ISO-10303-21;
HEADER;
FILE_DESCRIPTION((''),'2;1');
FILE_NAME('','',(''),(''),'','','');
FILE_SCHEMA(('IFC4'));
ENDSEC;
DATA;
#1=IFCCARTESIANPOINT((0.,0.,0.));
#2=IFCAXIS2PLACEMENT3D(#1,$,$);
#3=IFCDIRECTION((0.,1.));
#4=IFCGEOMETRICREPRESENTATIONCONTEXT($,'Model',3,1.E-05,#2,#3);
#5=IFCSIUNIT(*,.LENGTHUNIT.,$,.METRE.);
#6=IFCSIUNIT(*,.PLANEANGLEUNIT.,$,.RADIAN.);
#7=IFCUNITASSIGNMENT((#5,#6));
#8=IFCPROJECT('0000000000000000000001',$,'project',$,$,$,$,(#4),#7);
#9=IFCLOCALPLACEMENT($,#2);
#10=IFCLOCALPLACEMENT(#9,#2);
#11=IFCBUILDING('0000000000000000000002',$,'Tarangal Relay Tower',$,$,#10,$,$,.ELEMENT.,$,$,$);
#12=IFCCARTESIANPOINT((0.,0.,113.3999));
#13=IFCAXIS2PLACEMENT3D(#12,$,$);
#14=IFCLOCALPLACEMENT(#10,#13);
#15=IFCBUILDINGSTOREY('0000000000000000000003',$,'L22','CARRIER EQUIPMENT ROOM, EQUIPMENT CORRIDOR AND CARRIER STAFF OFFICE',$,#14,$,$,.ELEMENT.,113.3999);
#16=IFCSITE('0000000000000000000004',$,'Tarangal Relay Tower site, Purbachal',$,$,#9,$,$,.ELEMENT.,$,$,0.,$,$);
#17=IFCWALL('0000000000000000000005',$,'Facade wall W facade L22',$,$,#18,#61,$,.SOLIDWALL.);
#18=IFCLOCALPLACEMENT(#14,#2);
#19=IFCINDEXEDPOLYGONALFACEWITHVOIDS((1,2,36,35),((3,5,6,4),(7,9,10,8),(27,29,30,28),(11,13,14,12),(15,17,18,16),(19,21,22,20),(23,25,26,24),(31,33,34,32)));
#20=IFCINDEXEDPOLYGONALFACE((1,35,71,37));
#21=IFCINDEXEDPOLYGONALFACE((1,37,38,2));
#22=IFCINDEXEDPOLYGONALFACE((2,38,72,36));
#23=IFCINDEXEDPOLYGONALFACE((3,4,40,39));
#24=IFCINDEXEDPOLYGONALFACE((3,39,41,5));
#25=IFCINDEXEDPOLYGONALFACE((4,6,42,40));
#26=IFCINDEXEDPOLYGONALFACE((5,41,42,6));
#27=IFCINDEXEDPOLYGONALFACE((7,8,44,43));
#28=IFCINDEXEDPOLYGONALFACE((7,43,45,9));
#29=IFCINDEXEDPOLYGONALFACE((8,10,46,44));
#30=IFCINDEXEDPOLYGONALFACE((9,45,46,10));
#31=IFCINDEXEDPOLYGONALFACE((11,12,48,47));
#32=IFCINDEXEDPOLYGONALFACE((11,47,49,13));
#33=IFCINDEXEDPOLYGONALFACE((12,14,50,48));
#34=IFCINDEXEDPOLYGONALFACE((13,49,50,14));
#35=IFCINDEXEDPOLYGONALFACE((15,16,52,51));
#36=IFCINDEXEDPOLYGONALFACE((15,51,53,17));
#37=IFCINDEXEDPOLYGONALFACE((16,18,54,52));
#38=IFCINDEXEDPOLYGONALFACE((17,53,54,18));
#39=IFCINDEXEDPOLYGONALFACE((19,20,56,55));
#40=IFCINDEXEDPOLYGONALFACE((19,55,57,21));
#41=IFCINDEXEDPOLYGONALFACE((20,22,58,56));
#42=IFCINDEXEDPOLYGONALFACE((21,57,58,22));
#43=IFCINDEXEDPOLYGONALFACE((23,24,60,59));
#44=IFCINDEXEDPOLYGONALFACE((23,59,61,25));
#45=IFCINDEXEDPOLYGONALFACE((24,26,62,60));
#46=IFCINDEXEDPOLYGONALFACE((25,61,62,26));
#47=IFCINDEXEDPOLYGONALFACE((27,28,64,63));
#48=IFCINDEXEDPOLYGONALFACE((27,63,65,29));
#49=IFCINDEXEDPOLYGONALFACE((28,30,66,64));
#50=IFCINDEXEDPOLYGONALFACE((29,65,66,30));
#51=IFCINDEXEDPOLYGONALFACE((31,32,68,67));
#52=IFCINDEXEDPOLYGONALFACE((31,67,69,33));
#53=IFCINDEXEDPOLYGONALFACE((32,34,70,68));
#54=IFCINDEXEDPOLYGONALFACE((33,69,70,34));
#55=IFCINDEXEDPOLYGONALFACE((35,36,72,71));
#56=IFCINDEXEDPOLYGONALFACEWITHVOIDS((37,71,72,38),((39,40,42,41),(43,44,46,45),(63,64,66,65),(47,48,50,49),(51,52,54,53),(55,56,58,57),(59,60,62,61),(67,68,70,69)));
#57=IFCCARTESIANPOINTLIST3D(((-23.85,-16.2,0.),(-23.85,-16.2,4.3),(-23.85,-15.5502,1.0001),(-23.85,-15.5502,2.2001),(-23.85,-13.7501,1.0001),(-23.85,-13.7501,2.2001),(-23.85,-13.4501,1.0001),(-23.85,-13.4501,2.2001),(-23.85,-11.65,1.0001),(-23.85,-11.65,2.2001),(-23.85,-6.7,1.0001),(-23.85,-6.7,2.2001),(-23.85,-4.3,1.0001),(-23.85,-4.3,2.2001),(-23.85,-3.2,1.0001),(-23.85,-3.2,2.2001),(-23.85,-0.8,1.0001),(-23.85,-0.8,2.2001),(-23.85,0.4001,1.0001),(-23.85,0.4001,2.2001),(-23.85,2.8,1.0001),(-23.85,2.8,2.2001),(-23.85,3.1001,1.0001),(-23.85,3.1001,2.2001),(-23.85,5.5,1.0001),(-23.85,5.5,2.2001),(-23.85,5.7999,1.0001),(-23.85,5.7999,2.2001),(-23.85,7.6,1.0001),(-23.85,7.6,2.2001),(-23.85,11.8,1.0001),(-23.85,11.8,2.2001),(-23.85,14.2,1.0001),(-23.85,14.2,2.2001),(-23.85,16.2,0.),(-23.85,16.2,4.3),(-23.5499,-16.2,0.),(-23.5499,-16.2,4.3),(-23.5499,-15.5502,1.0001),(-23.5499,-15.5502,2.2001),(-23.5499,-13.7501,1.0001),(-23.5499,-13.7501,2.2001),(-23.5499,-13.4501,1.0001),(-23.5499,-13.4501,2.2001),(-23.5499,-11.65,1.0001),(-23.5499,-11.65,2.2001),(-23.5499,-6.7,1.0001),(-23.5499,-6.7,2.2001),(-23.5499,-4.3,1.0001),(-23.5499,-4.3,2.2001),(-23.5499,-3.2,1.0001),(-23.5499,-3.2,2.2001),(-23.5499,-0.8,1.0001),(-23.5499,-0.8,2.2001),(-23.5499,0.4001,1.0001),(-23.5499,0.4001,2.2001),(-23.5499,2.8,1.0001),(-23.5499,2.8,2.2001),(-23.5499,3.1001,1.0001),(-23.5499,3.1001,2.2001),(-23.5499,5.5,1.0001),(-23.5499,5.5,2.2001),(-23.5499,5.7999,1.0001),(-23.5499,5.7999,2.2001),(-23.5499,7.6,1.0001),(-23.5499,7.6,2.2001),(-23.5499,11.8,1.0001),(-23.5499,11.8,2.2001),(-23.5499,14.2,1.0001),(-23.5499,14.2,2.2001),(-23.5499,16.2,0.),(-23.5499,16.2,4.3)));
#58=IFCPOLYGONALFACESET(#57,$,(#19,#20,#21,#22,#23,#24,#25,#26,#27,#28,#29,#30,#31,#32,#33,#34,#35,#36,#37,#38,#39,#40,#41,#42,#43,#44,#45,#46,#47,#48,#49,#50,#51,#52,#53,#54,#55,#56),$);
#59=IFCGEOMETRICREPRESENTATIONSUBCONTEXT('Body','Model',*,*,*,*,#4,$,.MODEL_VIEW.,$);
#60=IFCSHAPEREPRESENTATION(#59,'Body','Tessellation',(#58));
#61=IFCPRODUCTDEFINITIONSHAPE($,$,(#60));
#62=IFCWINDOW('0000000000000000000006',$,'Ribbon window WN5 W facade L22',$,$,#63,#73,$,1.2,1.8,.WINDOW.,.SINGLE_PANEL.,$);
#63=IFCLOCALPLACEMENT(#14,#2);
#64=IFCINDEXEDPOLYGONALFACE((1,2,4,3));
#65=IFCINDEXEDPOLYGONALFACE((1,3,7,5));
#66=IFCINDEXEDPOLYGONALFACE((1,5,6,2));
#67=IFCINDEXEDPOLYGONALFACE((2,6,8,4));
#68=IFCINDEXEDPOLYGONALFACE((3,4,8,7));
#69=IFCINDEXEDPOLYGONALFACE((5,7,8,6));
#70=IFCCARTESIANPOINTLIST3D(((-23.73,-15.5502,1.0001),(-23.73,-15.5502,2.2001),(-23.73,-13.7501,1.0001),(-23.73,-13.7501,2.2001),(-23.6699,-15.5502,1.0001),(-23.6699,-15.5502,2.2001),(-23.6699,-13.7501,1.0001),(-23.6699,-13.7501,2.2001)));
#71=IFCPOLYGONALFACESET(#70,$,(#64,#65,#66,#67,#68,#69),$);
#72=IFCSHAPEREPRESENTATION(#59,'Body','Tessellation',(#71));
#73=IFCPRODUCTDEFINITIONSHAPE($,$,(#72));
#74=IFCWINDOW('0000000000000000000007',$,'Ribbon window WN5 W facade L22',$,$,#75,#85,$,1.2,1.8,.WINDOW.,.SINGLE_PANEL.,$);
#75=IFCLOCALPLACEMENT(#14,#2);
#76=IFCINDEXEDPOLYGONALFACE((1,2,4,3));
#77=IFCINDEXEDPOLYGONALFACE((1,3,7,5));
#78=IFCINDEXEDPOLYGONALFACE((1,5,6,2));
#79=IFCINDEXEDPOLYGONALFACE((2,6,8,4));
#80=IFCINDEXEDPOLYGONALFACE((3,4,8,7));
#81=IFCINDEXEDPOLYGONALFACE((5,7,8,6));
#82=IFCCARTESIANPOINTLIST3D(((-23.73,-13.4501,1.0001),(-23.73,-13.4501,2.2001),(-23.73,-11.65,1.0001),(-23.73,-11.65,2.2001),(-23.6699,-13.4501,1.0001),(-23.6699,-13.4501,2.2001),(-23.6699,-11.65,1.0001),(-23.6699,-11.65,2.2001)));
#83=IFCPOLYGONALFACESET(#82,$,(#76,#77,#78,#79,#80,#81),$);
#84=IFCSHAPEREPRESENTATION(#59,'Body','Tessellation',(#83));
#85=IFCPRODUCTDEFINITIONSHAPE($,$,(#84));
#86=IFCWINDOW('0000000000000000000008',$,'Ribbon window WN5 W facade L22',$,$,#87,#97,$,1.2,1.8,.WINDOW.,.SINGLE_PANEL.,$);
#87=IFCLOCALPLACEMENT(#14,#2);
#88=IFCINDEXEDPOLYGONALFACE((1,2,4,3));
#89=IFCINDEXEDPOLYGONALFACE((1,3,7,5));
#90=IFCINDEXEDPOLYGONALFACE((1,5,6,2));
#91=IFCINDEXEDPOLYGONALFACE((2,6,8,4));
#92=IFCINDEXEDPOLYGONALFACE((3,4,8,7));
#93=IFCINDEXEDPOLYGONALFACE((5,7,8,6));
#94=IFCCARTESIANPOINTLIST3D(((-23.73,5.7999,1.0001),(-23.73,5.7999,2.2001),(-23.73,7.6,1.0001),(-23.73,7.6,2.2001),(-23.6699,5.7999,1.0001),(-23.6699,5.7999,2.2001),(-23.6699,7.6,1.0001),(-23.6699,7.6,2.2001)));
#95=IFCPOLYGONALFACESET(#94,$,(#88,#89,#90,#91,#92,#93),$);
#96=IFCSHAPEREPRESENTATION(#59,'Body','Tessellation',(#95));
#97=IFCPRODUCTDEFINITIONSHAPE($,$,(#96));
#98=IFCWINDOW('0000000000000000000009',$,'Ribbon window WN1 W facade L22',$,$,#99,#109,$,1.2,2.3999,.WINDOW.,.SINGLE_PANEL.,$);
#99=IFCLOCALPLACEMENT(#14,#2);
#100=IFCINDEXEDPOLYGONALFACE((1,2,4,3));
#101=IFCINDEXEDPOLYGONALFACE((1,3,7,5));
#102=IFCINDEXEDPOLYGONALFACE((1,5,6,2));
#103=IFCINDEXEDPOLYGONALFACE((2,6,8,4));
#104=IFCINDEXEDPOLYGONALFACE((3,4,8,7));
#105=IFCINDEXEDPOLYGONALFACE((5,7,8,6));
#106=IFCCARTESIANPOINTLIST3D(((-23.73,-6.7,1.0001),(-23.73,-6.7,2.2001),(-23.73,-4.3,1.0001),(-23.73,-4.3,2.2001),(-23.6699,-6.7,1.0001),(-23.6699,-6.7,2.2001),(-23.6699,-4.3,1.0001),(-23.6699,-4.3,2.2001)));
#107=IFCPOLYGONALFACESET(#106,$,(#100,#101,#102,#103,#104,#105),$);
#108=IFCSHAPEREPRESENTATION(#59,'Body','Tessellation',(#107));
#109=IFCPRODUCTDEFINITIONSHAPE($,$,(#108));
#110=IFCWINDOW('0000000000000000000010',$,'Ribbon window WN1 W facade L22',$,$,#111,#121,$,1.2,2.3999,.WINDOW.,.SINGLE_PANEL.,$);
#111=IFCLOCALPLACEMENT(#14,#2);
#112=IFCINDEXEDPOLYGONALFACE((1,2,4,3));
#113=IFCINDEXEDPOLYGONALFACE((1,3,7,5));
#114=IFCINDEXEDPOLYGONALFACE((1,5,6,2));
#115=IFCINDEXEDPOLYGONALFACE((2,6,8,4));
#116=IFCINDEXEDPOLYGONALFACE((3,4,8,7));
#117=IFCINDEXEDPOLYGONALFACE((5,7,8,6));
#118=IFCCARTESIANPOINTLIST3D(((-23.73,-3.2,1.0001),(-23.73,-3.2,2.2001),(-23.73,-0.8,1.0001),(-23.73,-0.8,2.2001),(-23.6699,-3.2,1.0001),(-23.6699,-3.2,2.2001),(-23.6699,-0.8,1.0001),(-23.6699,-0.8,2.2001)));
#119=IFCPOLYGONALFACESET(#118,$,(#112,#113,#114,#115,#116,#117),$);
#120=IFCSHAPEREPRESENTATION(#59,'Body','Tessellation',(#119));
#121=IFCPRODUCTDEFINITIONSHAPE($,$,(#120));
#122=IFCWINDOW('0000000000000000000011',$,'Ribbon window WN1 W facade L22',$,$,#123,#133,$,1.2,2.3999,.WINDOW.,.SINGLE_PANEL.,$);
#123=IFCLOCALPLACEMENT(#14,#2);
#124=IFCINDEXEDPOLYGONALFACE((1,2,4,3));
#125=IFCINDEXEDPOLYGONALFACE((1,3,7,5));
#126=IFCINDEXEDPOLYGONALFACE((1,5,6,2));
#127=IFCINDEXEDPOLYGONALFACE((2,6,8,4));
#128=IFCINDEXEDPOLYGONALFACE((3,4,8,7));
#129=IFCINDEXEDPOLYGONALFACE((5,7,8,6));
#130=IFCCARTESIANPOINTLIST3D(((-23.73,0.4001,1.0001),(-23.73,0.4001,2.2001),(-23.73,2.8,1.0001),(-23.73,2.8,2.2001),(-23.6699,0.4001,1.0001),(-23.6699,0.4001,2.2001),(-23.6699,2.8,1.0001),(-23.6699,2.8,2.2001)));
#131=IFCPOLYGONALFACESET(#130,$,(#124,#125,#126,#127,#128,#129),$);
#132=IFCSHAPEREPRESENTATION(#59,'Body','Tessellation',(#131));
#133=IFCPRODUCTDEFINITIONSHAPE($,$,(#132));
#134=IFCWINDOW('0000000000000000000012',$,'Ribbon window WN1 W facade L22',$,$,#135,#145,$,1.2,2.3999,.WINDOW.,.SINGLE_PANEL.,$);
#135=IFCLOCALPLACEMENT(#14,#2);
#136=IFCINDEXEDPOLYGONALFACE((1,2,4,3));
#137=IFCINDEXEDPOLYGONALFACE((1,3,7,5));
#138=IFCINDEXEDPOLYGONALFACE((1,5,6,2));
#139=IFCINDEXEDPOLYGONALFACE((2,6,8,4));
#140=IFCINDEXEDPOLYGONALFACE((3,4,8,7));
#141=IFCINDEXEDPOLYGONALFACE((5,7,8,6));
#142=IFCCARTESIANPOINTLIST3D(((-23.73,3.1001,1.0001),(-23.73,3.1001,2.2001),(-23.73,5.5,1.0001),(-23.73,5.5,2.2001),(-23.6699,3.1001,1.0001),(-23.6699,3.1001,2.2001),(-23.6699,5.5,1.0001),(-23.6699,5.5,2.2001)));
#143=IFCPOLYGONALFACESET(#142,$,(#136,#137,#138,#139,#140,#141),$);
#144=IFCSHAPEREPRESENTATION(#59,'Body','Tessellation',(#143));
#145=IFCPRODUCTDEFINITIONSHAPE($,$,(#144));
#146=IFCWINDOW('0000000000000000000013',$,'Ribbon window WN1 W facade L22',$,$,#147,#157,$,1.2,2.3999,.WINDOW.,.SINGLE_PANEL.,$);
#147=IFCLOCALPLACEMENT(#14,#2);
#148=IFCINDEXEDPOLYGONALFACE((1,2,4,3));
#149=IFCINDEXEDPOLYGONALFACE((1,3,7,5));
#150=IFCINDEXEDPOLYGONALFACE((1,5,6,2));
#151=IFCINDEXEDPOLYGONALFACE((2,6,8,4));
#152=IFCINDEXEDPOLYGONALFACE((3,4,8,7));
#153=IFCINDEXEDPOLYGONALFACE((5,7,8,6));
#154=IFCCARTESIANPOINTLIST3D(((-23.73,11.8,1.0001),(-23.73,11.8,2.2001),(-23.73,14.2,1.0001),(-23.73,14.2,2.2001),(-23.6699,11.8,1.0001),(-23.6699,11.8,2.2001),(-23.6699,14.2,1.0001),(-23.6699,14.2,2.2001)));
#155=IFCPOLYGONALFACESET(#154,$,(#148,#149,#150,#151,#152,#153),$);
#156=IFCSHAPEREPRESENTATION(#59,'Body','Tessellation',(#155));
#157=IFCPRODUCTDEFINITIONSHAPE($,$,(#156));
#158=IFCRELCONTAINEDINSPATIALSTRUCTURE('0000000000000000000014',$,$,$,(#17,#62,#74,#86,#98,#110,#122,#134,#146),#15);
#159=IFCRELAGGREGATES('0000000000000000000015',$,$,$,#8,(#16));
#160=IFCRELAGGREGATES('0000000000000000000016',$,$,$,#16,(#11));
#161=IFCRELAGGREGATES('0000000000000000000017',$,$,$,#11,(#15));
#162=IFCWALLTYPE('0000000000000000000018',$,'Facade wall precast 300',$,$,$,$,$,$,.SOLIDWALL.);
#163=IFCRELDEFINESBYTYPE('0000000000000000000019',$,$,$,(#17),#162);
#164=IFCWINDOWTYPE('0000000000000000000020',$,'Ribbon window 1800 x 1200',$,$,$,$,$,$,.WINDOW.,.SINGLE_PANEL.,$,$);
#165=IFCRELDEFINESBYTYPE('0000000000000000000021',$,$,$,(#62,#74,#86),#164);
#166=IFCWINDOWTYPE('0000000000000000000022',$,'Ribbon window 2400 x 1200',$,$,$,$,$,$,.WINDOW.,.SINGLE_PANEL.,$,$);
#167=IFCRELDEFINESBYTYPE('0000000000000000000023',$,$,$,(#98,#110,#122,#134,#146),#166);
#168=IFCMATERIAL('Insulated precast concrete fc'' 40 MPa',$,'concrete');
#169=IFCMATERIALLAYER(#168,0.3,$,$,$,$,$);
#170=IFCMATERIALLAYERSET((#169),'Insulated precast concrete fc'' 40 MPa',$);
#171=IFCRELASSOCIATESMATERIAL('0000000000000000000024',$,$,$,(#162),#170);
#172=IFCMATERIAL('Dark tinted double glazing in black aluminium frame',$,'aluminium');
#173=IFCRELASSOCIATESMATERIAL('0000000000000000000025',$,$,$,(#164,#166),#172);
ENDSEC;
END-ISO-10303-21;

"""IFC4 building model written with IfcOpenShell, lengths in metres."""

from ifc_helpers import new_model, si_unit, direction, frame, frame_2d, origin, place, context, subcontext, project, spatial, rectangle, extrude, material, layer, layer_set, type_object, element, fill, save


model = new_model("IFC4")

# Units and contexts
model_context = context("Model", 3, precision=1e-05, world=origin(), true_north=direction((0.0, 1.0)))
body_context = subcontext(model_context, "Body", "Model", "MODEL_VIEW")
ifc_project = project(units=[si_unit("LENGTHUNIT", "METRE"), si_unit("PLANEANGLEUNIT", "RADIAN")], contexts=[model_context])

# Site, building, storey
site_placement = place(None, origin())
site = spatial("IfcSite", under=ifc_project, at=site_placement, Name="Tarangal Relay Tower site, Purbachal", CompositionType="ELEMENT", RefElevation=0.0)
building_placement = place(site_placement, origin())
building = spatial("IfcBuilding", under=site, at=building_placement, Name="Tarangal Relay Tower", CompositionType="ELEMENT")
storey_placement = place(building_placement, frame((0.0, 0.0, 113.3999)))
storey = spatial("IfcBuildingStorey", under=building, at=storey_placement, Name="L22", Description="CARRIER EQUIPMENT ROOM, EQUIPMENT CORRIDOR AND CARRIER STAFF OFFICE", CompositionType="ELEMENT", Elevation=113.3999)

# Shared definitions
ifc_material_1 = material(Name="Insulated precast concrete fc' 40 MPa", Category="concrete")
ifc_layer = layer(ifc_material_1, 0.3)
ifc_layer_set = layer_set([ifc_layer], Name="Insulated precast concrete fc' 40 MPa")
wall_type = type_object("IfcWallType", Name="Facade wall precast 300", PredefinedType="SOLIDWALL", material=ifc_layer_set)

# Wall, openings, windows
wall_placement = place(storey_placement, frame((-23.7, -16.2, 0.0), z_axis=(0.0, 0.0, 1.0), x_axis=(0.0, 1.0, 0.0)))
wall = element("IfcWall", 1, at=wall_placement, inside=storey, type_object=wall_type, Name="Facade wall W facade L22", PredefinedType="SOLIDWALL", context=body_context, shape_type="SweptSolid", body=[
    extrude(rectangle(XDim=32.3999, YDim=0.3, at=frame_2d((16.2, 0.0))), origin(), (0.0, 0.0, 1.0), 4.3),
])
opening_1_placement = place(wall_placement, frame((0.6499, 0.0, 1.0)))
opening_1 = element("IfcOpeningElement", 2, at=opening_1_placement, cuts=wall, PredefinedType="OPENING", context=body_context, shape_type="SweptSolid", body=[
    extrude(rectangle(XDim=1.8, YDim=1.2, at=frame_2d((0.8999, 0.6001))), frame((0.0, 0.1599, 0.0), z_axis=(0.0, -1.0, 0.0), x_axis=(1.0, 0.0, 0.0)), (0.0, 0.0, 1.0), 0.3201),
])
opening_2_placement = place(wall_placement, frame((2.75, 0.0, 1.0)))
opening_2 = element("IfcOpeningElement", 3, at=opening_2_placement, cuts=wall, PredefinedType="OPENING", context=body_context, shape_type="SweptSolid", body=[
    extrude(rectangle(XDim=1.8, YDim=1.2, at=frame_2d((0.8999, 0.6001))), frame((0.0, 0.1599, 0.0), z_axis=(0.0, -1.0, 0.0), x_axis=(1.0, 0.0, 0.0)), (0.0, 0.0, 1.0), 0.3201),
])
opening_3_placement = place(wall_placement, frame((9.5, 0.0, 1.0)))
opening_3 = element("IfcOpeningElement", 4, at=opening_3_placement, cuts=wall, PredefinedType="OPENING", context=body_context, shape_type="SweptSolid", body=[
    extrude(rectangle(XDim=2.3999, YDim=1.2, at=frame_2d((1.2, 0.6001))), frame((0.0, 0.1599, 0.0), z_axis=(0.0, -1.0, 0.0), x_axis=(1.0, 0.0, 0.0)), (0.0, 0.0, 1.0), 0.3201),
])
opening_4_placement = place(wall_placement, frame((13.0, 0.0, 1.0)))
opening_4 = element("IfcOpeningElement", 5, at=opening_4_placement, cuts=wall, PredefinedType="OPENING", context=body_context, shape_type="SweptSolid", body=[
    extrude(rectangle(XDim=2.3999, YDim=1.2, at=frame_2d((1.2, 0.6001))), frame((0.0, 0.1599, 0.0), z_axis=(0.0, -1.0, 0.0), x_axis=(1.0, 0.0, 0.0)), (0.0, 0.0, 1.0), 0.3201),
])
opening_5_placement = place(wall_placement, frame((16.6001, 0.0, 1.0)))
opening_5 = element("IfcOpeningElement", 6, at=opening_5_placement, cuts=wall, PredefinedType="OPENING", context=body_context, shape_type="SweptSolid", body=[
    extrude(rectangle(XDim=2.3999, YDim=1.2, at=frame_2d((1.2, 0.6001))), frame((0.0, 0.1599, 0.0), z_axis=(0.0, -1.0, 0.0), x_axis=(1.0, 0.0, 0.0)), (0.0, 0.0, 1.0), 0.3201),
])
opening_6_placement = place(wall_placement, frame((19.3, 0.0, 1.0)))
opening_6 = element("IfcOpeningElement", 7, at=opening_6_placement, cuts=wall, PredefinedType="OPENING", context=body_context, shape_type="SweptSolid", body=[
    extrude(rectangle(XDim=2.3999, YDim=1.2, at=frame_2d((1.2, 0.6001))), frame((0.0, 0.1599, 0.0), z_axis=(0.0, -1.0, 0.0), x_axis=(1.0, 0.0, 0.0)), (0.0, 0.0, 1.0), 0.3201),
])
opening_7_placement = place(wall_placement, frame((22.0, 0.0, 1.0)))
opening_7 = element("IfcOpeningElement", 8, at=opening_7_placement, cuts=wall, PredefinedType="OPENING", context=body_context, shape_type="SweptSolid", body=[
    extrude(rectangle(XDim=1.8, YDim=1.2, at=frame_2d((0.8999, 0.6001))), frame((0.0, 0.1599, 0.0), z_axis=(0.0, -1.0, 0.0), x_axis=(1.0, 0.0, 0.0)), (0.0, 0.0, 1.0), 0.3201),
])
opening_8_placement = place(wall_placement, frame((28.0, 0.0, 1.0)))
opening_8 = element("IfcOpeningElement", 9, at=opening_8_placement, cuts=wall, PredefinedType="OPENING", context=body_context, shape_type="SweptSolid", body=[
    extrude(rectangle(XDim=2.3999, YDim=1.2, at=frame_2d((1.2, 0.6001))), frame((0.0, 0.1599, 0.0), z_axis=(0.0, -1.0, 0.0), x_axis=(1.0, 0.0, 0.0)), (0.0, 0.0, 1.0), 0.3201),
])
ifc_material_2 = material(Name="Dark tinted double glazing in black aluminium frame", Category="aluminium")
window_type_1 = type_object("IfcWindowType", Name="Ribbon window 1800 x 1200", PartitioningType="SINGLE_PANEL", PredefinedType="WINDOW", material=ifc_material_2)
window_1_placement = place(opening_1_placement, origin())
window_1 = element("IfcWindow", 10, at=window_1_placement, inside=storey, type_object=window_type_1, Name="Ribbon window WN5 W facade L22", OverallHeight=1.2, OverallWidth=1.8, PartitioningType="SINGLE_PANEL", PredefinedType="WINDOW", context=body_context, shape_type="SweptSolid", body=[
    extrude(rectangle(XDim=1.8, YDim=1.2, at=frame_2d((0.8999, 0.6001))), frame((0.0, 0.03, 0.0), z_axis=(0.0, -1.0, 0.0), x_axis=(1.0, 0.0, 0.0)), (0.0, 0.0, 1.0), 0.0601),
])
fill(opening_1, window_1)
window_2_placement = place(opening_2_placement, origin())
window_2 = element("IfcWindow", 11, at=window_2_placement, inside=storey, type_object=window_type_1, Name="Ribbon window WN5 W facade L22", OverallHeight=1.2, OverallWidth=1.8, PartitioningType="SINGLE_PANEL", PredefinedType="WINDOW", context=body_context, shape_type="SweptSolid", body=[
    extrude(rectangle(XDim=1.8, YDim=1.2, at=frame_2d((0.8999, 0.6001))), frame((0.0, 0.03, 0.0), z_axis=(0.0, -1.0, 0.0), x_axis=(1.0, 0.0, 0.0)), (0.0, 0.0, 1.0), 0.0601),
])
fill(opening_2, window_2)
window_3_placement = place(opening_7_placement, origin())
window_3 = element("IfcWindow", 12, at=window_3_placement, inside=storey, type_object=window_type_1, Name="Ribbon window WN5 W facade L22", OverallHeight=1.2, OverallWidth=1.8, PartitioningType="SINGLE_PANEL", PredefinedType="WINDOW", context=body_context, shape_type="SweptSolid", body=[
    extrude(rectangle(XDim=1.8, YDim=1.2, at=frame_2d((0.8999, 0.6001))), frame((0.0, 0.03, 0.0), z_axis=(0.0, -1.0, 0.0), x_axis=(1.0, 0.0, 0.0)), (0.0, 0.0, 1.0), 0.0601),
])
fill(opening_7, window_3)
window_type_2 = type_object("IfcWindowType", Name="Ribbon window 2400 x 1200", PartitioningType="SINGLE_PANEL", PredefinedType="WINDOW", material=ifc_material_2)
window_4_placement = place(opening_3_placement, origin())
window_4 = element("IfcWindow", 13, at=window_4_placement, inside=storey, type_object=window_type_2, Name="Ribbon window WN1 W facade L22", OverallHeight=1.2, OverallWidth=2.3999, PartitioningType="SINGLE_PANEL", PredefinedType="WINDOW", context=body_context, shape_type="SweptSolid", body=[
    extrude(rectangle(XDim=2.3999, YDim=1.2, at=frame_2d((1.2, 0.6001))), frame((0.0, 0.03, 0.0), z_axis=(0.0, -1.0, 0.0), x_axis=(1.0, 0.0, 0.0)), (0.0, 0.0, 1.0), 0.0601),
])
fill(opening_3, window_4)
window_5_placement = place(opening_4_placement, origin())
window_5 = element("IfcWindow", 14, at=window_5_placement, inside=storey, type_object=window_type_2, Name="Ribbon window WN1 W facade L22", OverallHeight=1.2, OverallWidth=2.3999, PartitioningType="SINGLE_PANEL", PredefinedType="WINDOW", context=body_context, shape_type="SweptSolid", body=[
    extrude(rectangle(XDim=2.3999, YDim=1.2, at=frame_2d((1.2, 0.6001))), frame((0.0, 0.03, 0.0), z_axis=(0.0, -1.0, 0.0), x_axis=(1.0, 0.0, 0.0)), (0.0, 0.0, 1.0), 0.0601),
])
fill(opening_4, window_5)
window_6_placement = place(opening_5_placement, origin())
window_6 = element("IfcWindow", 15, at=window_6_placement, inside=storey, type_object=window_type_2, Name="Ribbon window WN1 W facade L22", OverallHeight=1.2, OverallWidth=2.3999, PartitioningType="SINGLE_PANEL", PredefinedType="WINDOW", context=body_context, shape_type="SweptSolid", body=[
    extrude(rectangle(XDim=2.3999, YDim=1.2, at=frame_2d((1.2, 0.6001))), frame((0.0, 0.03, 0.0), z_axis=(0.0, -1.0, 0.0), x_axis=(1.0, 0.0, 0.0)), (0.0, 0.0, 1.0), 0.0601),
])
fill(opening_5, window_6)
window_7_placement = place(opening_6_placement, origin())
window_7 = element("IfcWindow", 16, at=window_7_placement, inside=storey, type_object=window_type_2, Name="Ribbon window WN1 W facade L22", OverallHeight=1.2, OverallWidth=2.3999, PartitioningType="SINGLE_PANEL", PredefinedType="WINDOW", context=body_context, shape_type="SweptSolid", body=[
    extrude(rectangle(XDim=2.3999, YDim=1.2, at=frame_2d((1.2, 0.6001))), frame((0.0, 0.03, 0.0), z_axis=(0.0, -1.0, 0.0), x_axis=(1.0, 0.0, 0.0)), (0.0, 0.0, 1.0), 0.0601),
])
fill(opening_6, window_7)
window_8_placement = place(opening_8_placement, origin())
window_8 = element("IfcWindow", 17, at=window_8_placement, inside=storey, type_object=window_type_2, Name="Ribbon window WN1 W facade L22", OverallHeight=1.2, OverallWidth=2.3999, PartitioningType="SINGLE_PANEL", PredefinedType="WINDOW", context=body_context, shape_type="SweptSolid", body=[
    extrude(rectangle(XDim=2.3999, YDim=1.2, at=frame_2d((1.2, 0.6001))), frame((0.0, 0.03, 0.0), z_axis=(0.0, -1.0, 0.0), x_axis=(1.0, 0.0, 0.0)), (0.0, 0.0, 1.0), 0.0601),
])
fill(opening_8, window_8)

save(model, "model.ifc")
